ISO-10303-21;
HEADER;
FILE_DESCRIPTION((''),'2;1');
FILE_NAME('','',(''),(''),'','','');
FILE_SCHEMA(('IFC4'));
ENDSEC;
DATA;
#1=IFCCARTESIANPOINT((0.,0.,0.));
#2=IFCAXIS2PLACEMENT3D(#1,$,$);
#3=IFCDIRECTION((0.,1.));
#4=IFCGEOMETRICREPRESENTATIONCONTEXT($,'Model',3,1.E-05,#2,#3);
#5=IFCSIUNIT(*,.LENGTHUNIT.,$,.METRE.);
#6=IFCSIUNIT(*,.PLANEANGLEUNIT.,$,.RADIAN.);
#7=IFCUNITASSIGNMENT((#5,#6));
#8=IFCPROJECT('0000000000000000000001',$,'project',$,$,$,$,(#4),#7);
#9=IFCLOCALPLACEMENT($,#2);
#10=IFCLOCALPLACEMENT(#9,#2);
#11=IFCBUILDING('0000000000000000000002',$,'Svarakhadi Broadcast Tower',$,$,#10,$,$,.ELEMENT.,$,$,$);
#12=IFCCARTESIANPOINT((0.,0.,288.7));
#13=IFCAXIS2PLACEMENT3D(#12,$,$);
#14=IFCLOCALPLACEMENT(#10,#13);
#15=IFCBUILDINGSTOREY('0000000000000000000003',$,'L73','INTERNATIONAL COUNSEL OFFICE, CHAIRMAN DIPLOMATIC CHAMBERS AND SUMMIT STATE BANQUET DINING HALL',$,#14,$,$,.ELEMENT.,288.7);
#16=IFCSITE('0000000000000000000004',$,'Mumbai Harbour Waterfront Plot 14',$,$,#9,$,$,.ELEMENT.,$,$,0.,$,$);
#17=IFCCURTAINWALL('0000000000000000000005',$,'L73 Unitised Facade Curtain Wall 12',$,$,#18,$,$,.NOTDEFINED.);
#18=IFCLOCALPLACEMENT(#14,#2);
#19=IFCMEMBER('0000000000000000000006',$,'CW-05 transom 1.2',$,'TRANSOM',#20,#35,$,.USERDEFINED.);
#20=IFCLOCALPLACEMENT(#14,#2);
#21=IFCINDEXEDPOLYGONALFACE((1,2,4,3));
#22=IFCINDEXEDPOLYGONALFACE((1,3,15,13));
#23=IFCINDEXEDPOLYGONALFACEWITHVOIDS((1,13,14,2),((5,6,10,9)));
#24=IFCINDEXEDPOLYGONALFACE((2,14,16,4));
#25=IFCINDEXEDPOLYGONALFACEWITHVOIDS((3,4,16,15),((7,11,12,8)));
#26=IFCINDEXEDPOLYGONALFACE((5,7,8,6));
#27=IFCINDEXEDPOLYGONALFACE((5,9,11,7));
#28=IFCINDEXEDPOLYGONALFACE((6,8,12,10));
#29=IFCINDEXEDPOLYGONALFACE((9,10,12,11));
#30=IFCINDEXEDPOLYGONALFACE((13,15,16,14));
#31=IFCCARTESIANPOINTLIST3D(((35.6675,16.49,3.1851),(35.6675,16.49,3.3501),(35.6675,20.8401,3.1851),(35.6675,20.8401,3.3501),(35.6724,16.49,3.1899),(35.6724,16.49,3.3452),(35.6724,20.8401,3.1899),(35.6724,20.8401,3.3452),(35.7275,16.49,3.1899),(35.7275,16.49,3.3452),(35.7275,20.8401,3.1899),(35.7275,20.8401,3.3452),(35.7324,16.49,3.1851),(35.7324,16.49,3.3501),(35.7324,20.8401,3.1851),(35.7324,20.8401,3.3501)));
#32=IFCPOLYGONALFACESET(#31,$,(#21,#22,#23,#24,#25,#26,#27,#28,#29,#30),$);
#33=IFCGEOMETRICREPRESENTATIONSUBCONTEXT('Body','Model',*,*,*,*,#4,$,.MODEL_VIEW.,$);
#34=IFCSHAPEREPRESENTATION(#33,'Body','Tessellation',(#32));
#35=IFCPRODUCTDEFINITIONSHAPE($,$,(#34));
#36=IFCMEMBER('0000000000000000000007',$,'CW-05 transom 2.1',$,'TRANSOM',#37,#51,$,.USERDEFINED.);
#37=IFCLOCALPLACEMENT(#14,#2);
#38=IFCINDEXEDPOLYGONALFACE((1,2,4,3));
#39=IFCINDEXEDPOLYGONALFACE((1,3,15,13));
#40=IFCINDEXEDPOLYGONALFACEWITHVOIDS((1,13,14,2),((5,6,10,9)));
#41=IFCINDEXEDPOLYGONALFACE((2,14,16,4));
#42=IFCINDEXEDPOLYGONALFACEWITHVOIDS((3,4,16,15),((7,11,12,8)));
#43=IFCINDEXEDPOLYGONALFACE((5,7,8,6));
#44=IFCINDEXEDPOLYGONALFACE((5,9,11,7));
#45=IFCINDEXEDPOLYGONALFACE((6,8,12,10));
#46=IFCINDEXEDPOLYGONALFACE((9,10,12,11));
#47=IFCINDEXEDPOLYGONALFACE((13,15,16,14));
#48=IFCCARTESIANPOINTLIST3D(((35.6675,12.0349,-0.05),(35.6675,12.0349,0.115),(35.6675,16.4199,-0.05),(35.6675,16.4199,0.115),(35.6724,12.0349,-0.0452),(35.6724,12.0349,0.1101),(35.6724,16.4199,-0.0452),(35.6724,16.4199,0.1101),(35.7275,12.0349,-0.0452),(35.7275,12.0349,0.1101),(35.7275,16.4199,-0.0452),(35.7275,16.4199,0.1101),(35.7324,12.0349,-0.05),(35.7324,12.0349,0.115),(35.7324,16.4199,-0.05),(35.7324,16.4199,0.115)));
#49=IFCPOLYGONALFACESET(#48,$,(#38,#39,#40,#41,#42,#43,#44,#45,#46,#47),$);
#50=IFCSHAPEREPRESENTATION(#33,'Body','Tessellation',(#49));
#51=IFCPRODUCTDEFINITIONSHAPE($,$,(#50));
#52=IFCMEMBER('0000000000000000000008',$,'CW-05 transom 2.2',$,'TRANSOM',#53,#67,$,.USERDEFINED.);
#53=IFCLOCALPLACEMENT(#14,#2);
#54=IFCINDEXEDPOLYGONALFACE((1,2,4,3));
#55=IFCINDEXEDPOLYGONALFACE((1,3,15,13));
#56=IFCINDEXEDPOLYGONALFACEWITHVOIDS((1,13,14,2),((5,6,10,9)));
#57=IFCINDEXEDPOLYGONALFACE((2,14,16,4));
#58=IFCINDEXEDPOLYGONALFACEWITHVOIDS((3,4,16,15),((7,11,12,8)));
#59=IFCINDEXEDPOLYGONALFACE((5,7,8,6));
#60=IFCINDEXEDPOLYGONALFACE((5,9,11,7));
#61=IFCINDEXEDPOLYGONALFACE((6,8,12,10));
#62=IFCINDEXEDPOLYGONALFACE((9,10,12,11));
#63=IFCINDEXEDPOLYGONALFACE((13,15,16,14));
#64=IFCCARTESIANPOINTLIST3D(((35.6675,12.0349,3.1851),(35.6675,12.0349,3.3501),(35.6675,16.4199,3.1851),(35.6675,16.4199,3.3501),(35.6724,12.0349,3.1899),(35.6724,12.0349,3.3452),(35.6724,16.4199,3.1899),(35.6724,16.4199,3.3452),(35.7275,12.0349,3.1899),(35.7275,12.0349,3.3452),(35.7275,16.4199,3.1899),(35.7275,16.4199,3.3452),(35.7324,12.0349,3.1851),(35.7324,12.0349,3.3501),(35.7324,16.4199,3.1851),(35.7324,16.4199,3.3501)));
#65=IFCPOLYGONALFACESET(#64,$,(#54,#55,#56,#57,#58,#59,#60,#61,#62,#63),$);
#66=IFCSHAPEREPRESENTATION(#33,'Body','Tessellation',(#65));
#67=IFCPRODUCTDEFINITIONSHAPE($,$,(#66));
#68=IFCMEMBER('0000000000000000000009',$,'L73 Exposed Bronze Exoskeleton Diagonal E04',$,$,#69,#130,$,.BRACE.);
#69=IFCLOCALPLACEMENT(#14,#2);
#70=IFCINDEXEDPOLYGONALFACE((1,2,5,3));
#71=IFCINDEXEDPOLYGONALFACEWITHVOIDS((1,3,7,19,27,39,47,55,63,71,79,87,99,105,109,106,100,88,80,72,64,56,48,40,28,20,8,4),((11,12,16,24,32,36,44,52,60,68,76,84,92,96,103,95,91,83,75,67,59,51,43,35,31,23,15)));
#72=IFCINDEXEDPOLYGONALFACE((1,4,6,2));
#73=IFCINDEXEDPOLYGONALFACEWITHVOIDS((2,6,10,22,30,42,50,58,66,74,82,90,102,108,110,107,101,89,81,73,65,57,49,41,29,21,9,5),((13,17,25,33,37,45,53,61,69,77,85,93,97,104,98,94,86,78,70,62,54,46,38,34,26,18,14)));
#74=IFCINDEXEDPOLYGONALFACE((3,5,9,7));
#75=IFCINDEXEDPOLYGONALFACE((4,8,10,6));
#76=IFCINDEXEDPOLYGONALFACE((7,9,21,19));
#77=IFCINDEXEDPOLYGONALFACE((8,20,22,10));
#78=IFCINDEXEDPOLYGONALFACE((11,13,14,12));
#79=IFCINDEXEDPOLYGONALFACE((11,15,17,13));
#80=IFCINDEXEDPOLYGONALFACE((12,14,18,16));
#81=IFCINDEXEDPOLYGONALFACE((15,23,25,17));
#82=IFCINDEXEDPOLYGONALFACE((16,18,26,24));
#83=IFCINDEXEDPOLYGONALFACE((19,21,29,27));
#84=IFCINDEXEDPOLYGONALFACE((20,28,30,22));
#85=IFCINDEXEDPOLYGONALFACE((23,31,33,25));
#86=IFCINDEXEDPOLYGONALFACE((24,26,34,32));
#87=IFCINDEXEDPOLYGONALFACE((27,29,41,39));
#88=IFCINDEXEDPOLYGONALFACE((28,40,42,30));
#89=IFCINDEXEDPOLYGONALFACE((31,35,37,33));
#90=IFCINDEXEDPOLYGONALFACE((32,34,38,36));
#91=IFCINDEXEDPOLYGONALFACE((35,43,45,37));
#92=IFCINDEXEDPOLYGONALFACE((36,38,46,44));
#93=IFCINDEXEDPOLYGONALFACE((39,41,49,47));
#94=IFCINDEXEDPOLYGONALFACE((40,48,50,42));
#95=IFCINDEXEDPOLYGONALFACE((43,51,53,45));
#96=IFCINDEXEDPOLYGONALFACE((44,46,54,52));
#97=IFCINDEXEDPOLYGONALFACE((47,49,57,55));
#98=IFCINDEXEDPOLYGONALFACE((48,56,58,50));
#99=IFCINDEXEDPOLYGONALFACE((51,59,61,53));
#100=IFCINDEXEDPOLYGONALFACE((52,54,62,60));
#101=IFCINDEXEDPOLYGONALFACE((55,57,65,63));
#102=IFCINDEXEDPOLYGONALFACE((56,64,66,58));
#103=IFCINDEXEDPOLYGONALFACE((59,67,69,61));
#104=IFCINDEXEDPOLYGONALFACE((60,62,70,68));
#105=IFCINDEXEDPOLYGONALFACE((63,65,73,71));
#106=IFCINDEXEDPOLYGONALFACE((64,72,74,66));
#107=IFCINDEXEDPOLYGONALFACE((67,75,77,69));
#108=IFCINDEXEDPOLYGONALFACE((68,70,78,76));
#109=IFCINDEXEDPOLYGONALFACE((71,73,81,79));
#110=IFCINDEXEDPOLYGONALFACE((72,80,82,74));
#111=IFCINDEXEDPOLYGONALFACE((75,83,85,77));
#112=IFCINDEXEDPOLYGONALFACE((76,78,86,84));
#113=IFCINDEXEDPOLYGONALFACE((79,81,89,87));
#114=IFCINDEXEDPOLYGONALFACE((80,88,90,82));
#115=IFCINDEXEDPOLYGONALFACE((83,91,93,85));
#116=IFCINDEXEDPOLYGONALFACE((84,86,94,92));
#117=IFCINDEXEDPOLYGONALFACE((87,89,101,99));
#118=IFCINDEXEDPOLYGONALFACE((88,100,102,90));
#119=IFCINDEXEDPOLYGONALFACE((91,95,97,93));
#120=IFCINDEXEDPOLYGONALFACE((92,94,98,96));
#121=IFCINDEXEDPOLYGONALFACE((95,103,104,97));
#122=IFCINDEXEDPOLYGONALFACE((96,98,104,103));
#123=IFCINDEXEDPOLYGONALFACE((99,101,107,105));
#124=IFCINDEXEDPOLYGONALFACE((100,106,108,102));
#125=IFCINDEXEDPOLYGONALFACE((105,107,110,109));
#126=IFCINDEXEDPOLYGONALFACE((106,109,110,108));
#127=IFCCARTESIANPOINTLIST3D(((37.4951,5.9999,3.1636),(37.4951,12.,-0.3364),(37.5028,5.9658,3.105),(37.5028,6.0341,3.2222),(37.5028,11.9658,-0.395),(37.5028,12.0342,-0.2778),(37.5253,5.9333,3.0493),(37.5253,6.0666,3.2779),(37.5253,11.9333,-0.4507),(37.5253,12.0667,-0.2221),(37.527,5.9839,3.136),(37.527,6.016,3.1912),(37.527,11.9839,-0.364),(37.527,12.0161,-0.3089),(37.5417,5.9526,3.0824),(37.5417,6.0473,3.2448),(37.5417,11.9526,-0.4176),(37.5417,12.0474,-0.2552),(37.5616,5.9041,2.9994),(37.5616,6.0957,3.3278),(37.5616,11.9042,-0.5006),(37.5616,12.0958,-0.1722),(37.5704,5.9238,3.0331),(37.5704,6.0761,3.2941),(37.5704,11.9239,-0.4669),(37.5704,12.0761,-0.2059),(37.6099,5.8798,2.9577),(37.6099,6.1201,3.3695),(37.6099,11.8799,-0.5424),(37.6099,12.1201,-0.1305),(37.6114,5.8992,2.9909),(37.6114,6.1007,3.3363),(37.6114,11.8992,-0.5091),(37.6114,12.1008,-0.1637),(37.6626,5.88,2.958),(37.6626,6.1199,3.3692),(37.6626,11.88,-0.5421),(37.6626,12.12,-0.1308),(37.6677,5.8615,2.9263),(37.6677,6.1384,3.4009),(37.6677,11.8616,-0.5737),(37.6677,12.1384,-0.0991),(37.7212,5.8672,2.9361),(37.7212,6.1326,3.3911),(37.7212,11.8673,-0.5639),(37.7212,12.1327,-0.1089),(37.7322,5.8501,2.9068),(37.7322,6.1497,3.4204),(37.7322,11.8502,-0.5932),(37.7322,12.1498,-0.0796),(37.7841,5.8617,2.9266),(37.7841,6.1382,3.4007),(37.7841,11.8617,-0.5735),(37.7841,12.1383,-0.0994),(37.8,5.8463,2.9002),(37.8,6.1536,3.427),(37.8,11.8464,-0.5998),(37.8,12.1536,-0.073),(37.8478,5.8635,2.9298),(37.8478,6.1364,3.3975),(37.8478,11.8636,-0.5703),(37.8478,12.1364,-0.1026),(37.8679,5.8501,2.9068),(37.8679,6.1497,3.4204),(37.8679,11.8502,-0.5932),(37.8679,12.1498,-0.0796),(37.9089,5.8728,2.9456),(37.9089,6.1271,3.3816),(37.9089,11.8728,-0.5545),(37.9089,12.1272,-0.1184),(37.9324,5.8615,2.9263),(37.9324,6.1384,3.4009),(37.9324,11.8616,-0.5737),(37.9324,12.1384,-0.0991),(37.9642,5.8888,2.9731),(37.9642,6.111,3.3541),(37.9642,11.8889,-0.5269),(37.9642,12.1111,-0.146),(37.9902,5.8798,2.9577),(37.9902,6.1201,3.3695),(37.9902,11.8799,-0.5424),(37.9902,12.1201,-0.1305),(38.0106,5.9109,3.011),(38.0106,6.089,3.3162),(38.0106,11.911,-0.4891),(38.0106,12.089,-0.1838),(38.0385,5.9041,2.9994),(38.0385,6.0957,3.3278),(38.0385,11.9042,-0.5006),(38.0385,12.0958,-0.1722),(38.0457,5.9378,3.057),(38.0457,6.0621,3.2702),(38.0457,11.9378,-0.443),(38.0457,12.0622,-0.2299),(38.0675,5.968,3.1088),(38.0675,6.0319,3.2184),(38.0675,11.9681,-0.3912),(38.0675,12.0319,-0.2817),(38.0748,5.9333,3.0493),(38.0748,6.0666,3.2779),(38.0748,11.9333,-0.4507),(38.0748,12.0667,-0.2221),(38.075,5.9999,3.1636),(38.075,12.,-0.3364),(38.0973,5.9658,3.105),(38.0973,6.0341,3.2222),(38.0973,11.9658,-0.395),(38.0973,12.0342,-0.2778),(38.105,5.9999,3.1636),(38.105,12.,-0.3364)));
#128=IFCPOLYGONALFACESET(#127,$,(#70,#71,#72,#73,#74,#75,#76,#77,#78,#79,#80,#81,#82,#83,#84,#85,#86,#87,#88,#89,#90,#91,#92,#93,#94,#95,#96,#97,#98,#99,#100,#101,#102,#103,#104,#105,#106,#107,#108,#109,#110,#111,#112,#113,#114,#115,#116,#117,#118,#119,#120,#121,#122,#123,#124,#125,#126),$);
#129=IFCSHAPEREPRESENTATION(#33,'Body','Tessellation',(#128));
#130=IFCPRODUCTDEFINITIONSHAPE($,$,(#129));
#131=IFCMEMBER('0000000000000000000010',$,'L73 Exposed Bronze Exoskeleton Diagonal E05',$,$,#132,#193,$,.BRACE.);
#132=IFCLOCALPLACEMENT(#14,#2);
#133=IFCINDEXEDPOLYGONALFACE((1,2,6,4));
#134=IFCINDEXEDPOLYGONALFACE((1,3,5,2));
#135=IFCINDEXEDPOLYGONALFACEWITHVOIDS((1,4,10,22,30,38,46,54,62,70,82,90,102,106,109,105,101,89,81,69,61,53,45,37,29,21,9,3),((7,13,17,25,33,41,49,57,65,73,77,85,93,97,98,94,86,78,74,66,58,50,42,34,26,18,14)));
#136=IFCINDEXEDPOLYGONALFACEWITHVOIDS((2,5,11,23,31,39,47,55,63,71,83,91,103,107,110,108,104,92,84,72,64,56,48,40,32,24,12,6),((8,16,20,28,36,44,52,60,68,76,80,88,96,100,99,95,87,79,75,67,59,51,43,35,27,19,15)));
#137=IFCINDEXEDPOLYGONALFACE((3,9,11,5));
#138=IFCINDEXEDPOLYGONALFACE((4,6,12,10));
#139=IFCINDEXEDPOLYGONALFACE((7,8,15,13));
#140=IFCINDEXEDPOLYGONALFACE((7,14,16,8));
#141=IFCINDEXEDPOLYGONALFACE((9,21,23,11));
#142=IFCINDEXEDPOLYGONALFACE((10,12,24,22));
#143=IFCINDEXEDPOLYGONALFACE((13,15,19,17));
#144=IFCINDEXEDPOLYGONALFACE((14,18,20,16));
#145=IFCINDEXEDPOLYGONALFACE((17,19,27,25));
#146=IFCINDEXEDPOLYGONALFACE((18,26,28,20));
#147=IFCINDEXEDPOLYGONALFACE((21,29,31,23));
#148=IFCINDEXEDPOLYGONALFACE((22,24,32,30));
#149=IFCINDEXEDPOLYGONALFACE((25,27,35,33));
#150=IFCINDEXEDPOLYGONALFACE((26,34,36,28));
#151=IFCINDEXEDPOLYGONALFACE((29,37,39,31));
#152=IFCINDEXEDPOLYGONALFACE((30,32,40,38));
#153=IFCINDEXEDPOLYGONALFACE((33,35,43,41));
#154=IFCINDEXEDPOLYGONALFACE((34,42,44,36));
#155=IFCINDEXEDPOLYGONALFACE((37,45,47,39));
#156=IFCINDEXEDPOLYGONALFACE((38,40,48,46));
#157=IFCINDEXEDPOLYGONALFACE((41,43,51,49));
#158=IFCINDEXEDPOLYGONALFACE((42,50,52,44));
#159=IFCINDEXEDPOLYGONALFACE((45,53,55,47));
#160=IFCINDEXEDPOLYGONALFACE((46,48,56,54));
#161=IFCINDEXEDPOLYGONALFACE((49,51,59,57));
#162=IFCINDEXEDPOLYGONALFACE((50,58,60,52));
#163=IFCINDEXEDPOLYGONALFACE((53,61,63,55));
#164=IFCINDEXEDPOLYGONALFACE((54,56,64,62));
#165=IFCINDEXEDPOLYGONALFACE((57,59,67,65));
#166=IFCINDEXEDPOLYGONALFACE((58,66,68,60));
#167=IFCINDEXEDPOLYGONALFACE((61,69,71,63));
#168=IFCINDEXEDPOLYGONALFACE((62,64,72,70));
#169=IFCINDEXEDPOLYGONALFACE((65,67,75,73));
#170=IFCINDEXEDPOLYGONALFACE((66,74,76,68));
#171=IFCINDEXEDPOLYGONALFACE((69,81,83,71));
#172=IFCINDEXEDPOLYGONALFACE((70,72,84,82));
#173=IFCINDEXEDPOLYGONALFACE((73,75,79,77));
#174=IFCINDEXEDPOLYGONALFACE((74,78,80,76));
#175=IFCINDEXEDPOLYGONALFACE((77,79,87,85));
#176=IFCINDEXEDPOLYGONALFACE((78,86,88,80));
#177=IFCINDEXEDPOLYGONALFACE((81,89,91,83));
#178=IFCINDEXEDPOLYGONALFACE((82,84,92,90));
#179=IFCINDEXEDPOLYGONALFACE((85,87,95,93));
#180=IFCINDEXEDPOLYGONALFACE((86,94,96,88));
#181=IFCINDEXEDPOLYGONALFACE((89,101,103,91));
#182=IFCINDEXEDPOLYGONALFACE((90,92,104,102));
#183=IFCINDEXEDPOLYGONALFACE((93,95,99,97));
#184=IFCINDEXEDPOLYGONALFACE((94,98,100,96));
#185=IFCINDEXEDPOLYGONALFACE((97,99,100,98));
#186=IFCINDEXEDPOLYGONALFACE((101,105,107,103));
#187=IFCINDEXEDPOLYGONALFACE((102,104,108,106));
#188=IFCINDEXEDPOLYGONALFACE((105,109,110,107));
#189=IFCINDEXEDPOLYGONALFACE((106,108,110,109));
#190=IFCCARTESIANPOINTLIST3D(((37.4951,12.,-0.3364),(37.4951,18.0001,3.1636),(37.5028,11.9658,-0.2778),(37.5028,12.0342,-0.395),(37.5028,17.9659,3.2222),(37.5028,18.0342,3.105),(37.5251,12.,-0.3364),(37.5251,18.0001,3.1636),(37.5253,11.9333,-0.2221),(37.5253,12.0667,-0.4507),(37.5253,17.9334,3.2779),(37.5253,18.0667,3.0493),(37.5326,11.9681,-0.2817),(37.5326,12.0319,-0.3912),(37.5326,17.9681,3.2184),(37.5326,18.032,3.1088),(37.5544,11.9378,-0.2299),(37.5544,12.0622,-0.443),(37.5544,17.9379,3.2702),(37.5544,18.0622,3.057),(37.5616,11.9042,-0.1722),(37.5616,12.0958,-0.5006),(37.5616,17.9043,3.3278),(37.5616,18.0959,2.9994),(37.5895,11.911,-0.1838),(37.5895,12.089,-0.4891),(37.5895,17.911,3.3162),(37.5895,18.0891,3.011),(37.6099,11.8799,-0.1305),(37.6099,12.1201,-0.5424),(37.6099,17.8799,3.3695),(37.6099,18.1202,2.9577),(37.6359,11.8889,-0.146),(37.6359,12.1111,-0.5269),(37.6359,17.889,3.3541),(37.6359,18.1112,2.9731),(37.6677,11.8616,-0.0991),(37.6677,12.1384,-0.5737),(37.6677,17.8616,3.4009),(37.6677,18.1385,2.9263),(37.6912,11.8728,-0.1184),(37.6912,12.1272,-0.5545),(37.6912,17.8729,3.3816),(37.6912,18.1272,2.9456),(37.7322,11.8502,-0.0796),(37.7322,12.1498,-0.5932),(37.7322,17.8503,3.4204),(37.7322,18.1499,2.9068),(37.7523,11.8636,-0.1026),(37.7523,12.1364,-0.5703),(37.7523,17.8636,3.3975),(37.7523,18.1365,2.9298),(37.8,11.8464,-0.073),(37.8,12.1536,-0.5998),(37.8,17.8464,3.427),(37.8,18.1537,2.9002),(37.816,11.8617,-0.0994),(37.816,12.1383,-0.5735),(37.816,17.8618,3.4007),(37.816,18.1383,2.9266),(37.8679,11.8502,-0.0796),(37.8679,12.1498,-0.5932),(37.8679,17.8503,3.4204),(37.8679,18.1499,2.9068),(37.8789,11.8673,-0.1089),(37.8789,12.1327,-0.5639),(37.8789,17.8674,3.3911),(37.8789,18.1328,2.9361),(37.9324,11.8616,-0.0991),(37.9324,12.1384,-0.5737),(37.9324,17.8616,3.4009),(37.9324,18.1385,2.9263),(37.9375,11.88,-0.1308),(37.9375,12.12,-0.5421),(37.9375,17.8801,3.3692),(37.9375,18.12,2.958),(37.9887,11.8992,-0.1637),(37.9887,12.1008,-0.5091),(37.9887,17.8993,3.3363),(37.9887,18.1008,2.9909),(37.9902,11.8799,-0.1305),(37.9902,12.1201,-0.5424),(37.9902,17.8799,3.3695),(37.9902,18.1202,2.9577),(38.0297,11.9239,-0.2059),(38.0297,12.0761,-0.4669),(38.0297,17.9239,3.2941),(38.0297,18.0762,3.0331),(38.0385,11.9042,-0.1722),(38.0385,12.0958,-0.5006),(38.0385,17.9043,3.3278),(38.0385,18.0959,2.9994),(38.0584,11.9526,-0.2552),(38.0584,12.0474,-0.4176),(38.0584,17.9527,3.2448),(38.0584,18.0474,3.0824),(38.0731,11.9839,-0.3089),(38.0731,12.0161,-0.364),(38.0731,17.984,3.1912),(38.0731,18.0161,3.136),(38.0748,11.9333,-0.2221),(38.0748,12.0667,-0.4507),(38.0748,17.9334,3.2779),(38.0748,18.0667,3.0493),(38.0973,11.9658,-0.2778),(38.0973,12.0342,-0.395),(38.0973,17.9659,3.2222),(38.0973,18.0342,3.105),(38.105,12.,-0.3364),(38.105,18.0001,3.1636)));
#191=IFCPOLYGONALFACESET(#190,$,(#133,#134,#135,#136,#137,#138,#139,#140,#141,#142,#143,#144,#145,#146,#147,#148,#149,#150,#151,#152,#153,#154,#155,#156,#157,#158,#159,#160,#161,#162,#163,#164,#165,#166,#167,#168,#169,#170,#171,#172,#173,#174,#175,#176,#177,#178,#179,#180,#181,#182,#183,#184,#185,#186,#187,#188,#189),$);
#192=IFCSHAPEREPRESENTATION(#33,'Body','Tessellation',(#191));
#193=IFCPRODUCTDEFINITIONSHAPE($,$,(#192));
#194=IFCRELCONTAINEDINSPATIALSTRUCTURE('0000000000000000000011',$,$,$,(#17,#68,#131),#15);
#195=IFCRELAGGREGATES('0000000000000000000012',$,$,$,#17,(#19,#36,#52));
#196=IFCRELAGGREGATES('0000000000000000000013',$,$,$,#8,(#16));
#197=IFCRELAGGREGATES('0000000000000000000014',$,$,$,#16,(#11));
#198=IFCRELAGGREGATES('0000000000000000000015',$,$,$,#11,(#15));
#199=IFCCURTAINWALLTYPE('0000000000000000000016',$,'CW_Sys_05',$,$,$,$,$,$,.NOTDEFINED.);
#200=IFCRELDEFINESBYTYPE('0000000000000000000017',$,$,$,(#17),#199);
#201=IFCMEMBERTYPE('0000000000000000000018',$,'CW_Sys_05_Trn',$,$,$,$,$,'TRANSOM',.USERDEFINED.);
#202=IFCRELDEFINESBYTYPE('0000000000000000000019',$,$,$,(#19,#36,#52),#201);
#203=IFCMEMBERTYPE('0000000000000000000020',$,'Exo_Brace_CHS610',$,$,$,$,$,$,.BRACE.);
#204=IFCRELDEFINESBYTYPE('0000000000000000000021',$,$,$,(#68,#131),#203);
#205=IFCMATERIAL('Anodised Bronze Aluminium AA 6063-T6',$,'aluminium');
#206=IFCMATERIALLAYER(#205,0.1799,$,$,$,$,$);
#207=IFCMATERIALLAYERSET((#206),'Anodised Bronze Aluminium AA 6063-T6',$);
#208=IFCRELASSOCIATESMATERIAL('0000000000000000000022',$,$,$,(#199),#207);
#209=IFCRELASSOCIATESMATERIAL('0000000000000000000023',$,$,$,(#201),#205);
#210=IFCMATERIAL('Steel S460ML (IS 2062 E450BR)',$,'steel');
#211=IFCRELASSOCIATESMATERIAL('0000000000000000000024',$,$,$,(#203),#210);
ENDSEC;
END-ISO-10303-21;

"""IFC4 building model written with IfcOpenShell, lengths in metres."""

from ifc_helpers import new_model, si_unit, direction, frame, origin, origin_2d, place, context, subcontext, project, spatial, hollow_rectangle, hollow_circle, extrude, material, layer, layer_set, material_profile, profile_set, type_object, element, aggregate, save


model = new_model("IFC4")

# Units and contexts
model_context = context("Model", 3, precision=1e-05, world=origin(), true_north=direction((0.0, 1.0)))
body_context = subcontext(model_context, "Body", "Model", "MODEL_VIEW")
ifc_project = project(units=[si_unit("LENGTHUNIT", "METRE"), si_unit("PLANEANGLEUNIT", "RADIAN")], contexts=[model_context])

# Site, building, storey
site_placement = place(None, origin())
site = spatial("IfcSite", under=ifc_project, at=site_placement, Name="Mumbai Harbour Waterfront Plot 14", CompositionType="ELEMENT", RefElevation=0.0)
building_placement = place(site_placement, origin())
building = spatial("IfcBuilding", under=site, at=building_placement, Name="Svarakhadi Broadcast Tower", CompositionType="ELEMENT")
storey_placement = place(building_placement, frame((0.0, 0.0, 288.7)))
storey = spatial("IfcBuildingStorey", under=building, at=storey_placement, Name="L73", Description="INTERNATIONAL COUNSEL OFFICE, CHAIRMAN DIPLOMATIC CHAMBERS AND SUMMIT STATE BANQUET DINING HALL", CompositionType="ELEMENT", Elevation=288.7)

# Shared definitions
ifc_material_1 = material(Name="Steel S460ML (IS 2062 E450BR)", Category="steel")

# Shared definitions
ifc_material_2 = material(Name="Anodised Bronze Aluminium AA 6063-T6", Category="aluminium")
ifc_layer_1 = layer(ifc_material_2, 0.1799)
ifc_layer_set_1 = layer_set([ifc_layer_1], Name="Anodised Bronze Aluminium AA 6063-T6")
curtain_wall_type = type_object("IfcCurtainWallType", Name="CW_Sys_05", PredefinedType="NOTDEFINED", material=ifc_layer_set_1)

# Curtain wall, members
curtain_wall_1_placement = place(storey_placement, origin())
curtain_wall_1 = element("IfcCurtainWall", 1, at=curtain_wall_1_placement, inside=storey, type_object=curtain_wall_type, Name="L73 Unitised Facade Curtain Wall 12", PredefinedType="NOTDEFINED")
ifc_material_profile_1 = material_profile(ifc_material_2, hollow_rectangle(XDim=0.0649, YDim=0.165, WallThickness=0.0049, at=origin_2d()), Name="ALU TRANSOM 165x65x5")
ifc_profile_set_1 = profile_set([ifc_material_profile_1], Name="Anodised Bronze Aluminium AA 6063-T6")
member_type_1 = type_object("IfcMemberType", Name="CW_Sys_05_Trn", ElementType="TRANSOM", PredefinedType="USERDEFINED", material=ifc_profile_set_1)
member_1_placement = place(storey_placement, frame((35.7, 20.8401, 3.2676), z_axis=(0.0, -1.0, 0.0), x_axis=(1.0, 0.0, 0.0)))
member_1 = element("IfcMember", 2, at=member_1_placement, type_object=member_type_1, Name="CW-05 transom 1.2", ObjectType="TRANSOM", PredefinedType="USERDEFINED", context=body_context, shape_type="SweptSolid", body=[
    extrude(hollow_rectangle(XDim=0.0649, YDim=0.165, WallThickness=0.0049, at=origin_2d()), origin(), (0.0, 0.0, 1.0), 4.3501),
])
member_2_placement = place(storey_placement, frame((35.7, 16.4199, 0.0325), z_axis=(0.0, -1.0, 0.0), x_axis=(1.0, 0.0, 0.0)))
member_2 = element("IfcMember", 3, at=member_2_placement, type_object=member_type_1, Name="CW-05 transom 2.1", ObjectType="TRANSOM", PredefinedType="USERDEFINED", context=body_context, shape_type="SweptSolid", body=[
    extrude(hollow_rectangle(XDim=0.0649, YDim=0.165, WallThickness=0.0049, at=origin_2d()), origin(), (0.0, 0.0, 1.0), 4.385),
])
member_3_placement = place(storey_placement, frame((35.7, 16.4199, 3.2676), z_axis=(0.0, -1.0, 0.0), x_axis=(1.0, 0.0, 0.0)))
member_3 = element("IfcMember", 4, at=member_3_placement, type_object=member_type_1, Name="CW-05 transom 2.2", ObjectType="TRANSOM", PredefinedType="USERDEFINED", context=body_context, shape_type="SweptSolid", body=[
    extrude(hollow_rectangle(XDim=0.0649, YDim=0.165, WallThickness=0.0049, at=origin_2d()), origin(), (0.0, 0.0, 1.0), 4.385),
])

# Members
ifc_material_profile_2 = material_profile(ifc_material_1, hollow_circle(Radius=0.3049, WallThickness=0.03, at=origin_2d()), Name="CHS 610x30")
ifc_profile_set_2 = profile_set([ifc_material_profile_2], Name="Steel S460ML (IS 2062 E450BR)")
member_type_2 = type_object("IfcMemberType", Name="Exo_Brace_CHS610", PredefinedType="BRACE", material=ifc_profile_set_2)
for number, where, z_axis, x_axis, name in (
    (5, (37.8, 12.0, -0.3364), (0.0, -0.863779, 0.503871), (1.0, 0.0, 0.0), "L73 Exposed Bronze Exoskeleton Diagonal E04"),
    (6, (37.8, 12.0, -0.3364), (0.0, 0.863779, 0.503871), (-1.0, 0.0, 0.0), "L73 Exposed Bronze Exoskeleton Diagonal E05"),
):
    element("IfcMember", number, at=place(storey_placement, frame(where, z_axis=z_axis, x_axis=x_axis)), inside=storey, type_object=member_type_2, Name=name, PredefinedType="BRACE", context=body_context, shape_type="SweptSolid", body=[
        extrude(hollow_circle(Radius=0.3049, WallThickness=0.03, at=origin_2d()), origin(), (0.0, 0.0, 1.0), 6.9463),
    ])

aggregate(curtain_wall_1, [member_1, member_2, member_3])

save(model, "model.ifc")
